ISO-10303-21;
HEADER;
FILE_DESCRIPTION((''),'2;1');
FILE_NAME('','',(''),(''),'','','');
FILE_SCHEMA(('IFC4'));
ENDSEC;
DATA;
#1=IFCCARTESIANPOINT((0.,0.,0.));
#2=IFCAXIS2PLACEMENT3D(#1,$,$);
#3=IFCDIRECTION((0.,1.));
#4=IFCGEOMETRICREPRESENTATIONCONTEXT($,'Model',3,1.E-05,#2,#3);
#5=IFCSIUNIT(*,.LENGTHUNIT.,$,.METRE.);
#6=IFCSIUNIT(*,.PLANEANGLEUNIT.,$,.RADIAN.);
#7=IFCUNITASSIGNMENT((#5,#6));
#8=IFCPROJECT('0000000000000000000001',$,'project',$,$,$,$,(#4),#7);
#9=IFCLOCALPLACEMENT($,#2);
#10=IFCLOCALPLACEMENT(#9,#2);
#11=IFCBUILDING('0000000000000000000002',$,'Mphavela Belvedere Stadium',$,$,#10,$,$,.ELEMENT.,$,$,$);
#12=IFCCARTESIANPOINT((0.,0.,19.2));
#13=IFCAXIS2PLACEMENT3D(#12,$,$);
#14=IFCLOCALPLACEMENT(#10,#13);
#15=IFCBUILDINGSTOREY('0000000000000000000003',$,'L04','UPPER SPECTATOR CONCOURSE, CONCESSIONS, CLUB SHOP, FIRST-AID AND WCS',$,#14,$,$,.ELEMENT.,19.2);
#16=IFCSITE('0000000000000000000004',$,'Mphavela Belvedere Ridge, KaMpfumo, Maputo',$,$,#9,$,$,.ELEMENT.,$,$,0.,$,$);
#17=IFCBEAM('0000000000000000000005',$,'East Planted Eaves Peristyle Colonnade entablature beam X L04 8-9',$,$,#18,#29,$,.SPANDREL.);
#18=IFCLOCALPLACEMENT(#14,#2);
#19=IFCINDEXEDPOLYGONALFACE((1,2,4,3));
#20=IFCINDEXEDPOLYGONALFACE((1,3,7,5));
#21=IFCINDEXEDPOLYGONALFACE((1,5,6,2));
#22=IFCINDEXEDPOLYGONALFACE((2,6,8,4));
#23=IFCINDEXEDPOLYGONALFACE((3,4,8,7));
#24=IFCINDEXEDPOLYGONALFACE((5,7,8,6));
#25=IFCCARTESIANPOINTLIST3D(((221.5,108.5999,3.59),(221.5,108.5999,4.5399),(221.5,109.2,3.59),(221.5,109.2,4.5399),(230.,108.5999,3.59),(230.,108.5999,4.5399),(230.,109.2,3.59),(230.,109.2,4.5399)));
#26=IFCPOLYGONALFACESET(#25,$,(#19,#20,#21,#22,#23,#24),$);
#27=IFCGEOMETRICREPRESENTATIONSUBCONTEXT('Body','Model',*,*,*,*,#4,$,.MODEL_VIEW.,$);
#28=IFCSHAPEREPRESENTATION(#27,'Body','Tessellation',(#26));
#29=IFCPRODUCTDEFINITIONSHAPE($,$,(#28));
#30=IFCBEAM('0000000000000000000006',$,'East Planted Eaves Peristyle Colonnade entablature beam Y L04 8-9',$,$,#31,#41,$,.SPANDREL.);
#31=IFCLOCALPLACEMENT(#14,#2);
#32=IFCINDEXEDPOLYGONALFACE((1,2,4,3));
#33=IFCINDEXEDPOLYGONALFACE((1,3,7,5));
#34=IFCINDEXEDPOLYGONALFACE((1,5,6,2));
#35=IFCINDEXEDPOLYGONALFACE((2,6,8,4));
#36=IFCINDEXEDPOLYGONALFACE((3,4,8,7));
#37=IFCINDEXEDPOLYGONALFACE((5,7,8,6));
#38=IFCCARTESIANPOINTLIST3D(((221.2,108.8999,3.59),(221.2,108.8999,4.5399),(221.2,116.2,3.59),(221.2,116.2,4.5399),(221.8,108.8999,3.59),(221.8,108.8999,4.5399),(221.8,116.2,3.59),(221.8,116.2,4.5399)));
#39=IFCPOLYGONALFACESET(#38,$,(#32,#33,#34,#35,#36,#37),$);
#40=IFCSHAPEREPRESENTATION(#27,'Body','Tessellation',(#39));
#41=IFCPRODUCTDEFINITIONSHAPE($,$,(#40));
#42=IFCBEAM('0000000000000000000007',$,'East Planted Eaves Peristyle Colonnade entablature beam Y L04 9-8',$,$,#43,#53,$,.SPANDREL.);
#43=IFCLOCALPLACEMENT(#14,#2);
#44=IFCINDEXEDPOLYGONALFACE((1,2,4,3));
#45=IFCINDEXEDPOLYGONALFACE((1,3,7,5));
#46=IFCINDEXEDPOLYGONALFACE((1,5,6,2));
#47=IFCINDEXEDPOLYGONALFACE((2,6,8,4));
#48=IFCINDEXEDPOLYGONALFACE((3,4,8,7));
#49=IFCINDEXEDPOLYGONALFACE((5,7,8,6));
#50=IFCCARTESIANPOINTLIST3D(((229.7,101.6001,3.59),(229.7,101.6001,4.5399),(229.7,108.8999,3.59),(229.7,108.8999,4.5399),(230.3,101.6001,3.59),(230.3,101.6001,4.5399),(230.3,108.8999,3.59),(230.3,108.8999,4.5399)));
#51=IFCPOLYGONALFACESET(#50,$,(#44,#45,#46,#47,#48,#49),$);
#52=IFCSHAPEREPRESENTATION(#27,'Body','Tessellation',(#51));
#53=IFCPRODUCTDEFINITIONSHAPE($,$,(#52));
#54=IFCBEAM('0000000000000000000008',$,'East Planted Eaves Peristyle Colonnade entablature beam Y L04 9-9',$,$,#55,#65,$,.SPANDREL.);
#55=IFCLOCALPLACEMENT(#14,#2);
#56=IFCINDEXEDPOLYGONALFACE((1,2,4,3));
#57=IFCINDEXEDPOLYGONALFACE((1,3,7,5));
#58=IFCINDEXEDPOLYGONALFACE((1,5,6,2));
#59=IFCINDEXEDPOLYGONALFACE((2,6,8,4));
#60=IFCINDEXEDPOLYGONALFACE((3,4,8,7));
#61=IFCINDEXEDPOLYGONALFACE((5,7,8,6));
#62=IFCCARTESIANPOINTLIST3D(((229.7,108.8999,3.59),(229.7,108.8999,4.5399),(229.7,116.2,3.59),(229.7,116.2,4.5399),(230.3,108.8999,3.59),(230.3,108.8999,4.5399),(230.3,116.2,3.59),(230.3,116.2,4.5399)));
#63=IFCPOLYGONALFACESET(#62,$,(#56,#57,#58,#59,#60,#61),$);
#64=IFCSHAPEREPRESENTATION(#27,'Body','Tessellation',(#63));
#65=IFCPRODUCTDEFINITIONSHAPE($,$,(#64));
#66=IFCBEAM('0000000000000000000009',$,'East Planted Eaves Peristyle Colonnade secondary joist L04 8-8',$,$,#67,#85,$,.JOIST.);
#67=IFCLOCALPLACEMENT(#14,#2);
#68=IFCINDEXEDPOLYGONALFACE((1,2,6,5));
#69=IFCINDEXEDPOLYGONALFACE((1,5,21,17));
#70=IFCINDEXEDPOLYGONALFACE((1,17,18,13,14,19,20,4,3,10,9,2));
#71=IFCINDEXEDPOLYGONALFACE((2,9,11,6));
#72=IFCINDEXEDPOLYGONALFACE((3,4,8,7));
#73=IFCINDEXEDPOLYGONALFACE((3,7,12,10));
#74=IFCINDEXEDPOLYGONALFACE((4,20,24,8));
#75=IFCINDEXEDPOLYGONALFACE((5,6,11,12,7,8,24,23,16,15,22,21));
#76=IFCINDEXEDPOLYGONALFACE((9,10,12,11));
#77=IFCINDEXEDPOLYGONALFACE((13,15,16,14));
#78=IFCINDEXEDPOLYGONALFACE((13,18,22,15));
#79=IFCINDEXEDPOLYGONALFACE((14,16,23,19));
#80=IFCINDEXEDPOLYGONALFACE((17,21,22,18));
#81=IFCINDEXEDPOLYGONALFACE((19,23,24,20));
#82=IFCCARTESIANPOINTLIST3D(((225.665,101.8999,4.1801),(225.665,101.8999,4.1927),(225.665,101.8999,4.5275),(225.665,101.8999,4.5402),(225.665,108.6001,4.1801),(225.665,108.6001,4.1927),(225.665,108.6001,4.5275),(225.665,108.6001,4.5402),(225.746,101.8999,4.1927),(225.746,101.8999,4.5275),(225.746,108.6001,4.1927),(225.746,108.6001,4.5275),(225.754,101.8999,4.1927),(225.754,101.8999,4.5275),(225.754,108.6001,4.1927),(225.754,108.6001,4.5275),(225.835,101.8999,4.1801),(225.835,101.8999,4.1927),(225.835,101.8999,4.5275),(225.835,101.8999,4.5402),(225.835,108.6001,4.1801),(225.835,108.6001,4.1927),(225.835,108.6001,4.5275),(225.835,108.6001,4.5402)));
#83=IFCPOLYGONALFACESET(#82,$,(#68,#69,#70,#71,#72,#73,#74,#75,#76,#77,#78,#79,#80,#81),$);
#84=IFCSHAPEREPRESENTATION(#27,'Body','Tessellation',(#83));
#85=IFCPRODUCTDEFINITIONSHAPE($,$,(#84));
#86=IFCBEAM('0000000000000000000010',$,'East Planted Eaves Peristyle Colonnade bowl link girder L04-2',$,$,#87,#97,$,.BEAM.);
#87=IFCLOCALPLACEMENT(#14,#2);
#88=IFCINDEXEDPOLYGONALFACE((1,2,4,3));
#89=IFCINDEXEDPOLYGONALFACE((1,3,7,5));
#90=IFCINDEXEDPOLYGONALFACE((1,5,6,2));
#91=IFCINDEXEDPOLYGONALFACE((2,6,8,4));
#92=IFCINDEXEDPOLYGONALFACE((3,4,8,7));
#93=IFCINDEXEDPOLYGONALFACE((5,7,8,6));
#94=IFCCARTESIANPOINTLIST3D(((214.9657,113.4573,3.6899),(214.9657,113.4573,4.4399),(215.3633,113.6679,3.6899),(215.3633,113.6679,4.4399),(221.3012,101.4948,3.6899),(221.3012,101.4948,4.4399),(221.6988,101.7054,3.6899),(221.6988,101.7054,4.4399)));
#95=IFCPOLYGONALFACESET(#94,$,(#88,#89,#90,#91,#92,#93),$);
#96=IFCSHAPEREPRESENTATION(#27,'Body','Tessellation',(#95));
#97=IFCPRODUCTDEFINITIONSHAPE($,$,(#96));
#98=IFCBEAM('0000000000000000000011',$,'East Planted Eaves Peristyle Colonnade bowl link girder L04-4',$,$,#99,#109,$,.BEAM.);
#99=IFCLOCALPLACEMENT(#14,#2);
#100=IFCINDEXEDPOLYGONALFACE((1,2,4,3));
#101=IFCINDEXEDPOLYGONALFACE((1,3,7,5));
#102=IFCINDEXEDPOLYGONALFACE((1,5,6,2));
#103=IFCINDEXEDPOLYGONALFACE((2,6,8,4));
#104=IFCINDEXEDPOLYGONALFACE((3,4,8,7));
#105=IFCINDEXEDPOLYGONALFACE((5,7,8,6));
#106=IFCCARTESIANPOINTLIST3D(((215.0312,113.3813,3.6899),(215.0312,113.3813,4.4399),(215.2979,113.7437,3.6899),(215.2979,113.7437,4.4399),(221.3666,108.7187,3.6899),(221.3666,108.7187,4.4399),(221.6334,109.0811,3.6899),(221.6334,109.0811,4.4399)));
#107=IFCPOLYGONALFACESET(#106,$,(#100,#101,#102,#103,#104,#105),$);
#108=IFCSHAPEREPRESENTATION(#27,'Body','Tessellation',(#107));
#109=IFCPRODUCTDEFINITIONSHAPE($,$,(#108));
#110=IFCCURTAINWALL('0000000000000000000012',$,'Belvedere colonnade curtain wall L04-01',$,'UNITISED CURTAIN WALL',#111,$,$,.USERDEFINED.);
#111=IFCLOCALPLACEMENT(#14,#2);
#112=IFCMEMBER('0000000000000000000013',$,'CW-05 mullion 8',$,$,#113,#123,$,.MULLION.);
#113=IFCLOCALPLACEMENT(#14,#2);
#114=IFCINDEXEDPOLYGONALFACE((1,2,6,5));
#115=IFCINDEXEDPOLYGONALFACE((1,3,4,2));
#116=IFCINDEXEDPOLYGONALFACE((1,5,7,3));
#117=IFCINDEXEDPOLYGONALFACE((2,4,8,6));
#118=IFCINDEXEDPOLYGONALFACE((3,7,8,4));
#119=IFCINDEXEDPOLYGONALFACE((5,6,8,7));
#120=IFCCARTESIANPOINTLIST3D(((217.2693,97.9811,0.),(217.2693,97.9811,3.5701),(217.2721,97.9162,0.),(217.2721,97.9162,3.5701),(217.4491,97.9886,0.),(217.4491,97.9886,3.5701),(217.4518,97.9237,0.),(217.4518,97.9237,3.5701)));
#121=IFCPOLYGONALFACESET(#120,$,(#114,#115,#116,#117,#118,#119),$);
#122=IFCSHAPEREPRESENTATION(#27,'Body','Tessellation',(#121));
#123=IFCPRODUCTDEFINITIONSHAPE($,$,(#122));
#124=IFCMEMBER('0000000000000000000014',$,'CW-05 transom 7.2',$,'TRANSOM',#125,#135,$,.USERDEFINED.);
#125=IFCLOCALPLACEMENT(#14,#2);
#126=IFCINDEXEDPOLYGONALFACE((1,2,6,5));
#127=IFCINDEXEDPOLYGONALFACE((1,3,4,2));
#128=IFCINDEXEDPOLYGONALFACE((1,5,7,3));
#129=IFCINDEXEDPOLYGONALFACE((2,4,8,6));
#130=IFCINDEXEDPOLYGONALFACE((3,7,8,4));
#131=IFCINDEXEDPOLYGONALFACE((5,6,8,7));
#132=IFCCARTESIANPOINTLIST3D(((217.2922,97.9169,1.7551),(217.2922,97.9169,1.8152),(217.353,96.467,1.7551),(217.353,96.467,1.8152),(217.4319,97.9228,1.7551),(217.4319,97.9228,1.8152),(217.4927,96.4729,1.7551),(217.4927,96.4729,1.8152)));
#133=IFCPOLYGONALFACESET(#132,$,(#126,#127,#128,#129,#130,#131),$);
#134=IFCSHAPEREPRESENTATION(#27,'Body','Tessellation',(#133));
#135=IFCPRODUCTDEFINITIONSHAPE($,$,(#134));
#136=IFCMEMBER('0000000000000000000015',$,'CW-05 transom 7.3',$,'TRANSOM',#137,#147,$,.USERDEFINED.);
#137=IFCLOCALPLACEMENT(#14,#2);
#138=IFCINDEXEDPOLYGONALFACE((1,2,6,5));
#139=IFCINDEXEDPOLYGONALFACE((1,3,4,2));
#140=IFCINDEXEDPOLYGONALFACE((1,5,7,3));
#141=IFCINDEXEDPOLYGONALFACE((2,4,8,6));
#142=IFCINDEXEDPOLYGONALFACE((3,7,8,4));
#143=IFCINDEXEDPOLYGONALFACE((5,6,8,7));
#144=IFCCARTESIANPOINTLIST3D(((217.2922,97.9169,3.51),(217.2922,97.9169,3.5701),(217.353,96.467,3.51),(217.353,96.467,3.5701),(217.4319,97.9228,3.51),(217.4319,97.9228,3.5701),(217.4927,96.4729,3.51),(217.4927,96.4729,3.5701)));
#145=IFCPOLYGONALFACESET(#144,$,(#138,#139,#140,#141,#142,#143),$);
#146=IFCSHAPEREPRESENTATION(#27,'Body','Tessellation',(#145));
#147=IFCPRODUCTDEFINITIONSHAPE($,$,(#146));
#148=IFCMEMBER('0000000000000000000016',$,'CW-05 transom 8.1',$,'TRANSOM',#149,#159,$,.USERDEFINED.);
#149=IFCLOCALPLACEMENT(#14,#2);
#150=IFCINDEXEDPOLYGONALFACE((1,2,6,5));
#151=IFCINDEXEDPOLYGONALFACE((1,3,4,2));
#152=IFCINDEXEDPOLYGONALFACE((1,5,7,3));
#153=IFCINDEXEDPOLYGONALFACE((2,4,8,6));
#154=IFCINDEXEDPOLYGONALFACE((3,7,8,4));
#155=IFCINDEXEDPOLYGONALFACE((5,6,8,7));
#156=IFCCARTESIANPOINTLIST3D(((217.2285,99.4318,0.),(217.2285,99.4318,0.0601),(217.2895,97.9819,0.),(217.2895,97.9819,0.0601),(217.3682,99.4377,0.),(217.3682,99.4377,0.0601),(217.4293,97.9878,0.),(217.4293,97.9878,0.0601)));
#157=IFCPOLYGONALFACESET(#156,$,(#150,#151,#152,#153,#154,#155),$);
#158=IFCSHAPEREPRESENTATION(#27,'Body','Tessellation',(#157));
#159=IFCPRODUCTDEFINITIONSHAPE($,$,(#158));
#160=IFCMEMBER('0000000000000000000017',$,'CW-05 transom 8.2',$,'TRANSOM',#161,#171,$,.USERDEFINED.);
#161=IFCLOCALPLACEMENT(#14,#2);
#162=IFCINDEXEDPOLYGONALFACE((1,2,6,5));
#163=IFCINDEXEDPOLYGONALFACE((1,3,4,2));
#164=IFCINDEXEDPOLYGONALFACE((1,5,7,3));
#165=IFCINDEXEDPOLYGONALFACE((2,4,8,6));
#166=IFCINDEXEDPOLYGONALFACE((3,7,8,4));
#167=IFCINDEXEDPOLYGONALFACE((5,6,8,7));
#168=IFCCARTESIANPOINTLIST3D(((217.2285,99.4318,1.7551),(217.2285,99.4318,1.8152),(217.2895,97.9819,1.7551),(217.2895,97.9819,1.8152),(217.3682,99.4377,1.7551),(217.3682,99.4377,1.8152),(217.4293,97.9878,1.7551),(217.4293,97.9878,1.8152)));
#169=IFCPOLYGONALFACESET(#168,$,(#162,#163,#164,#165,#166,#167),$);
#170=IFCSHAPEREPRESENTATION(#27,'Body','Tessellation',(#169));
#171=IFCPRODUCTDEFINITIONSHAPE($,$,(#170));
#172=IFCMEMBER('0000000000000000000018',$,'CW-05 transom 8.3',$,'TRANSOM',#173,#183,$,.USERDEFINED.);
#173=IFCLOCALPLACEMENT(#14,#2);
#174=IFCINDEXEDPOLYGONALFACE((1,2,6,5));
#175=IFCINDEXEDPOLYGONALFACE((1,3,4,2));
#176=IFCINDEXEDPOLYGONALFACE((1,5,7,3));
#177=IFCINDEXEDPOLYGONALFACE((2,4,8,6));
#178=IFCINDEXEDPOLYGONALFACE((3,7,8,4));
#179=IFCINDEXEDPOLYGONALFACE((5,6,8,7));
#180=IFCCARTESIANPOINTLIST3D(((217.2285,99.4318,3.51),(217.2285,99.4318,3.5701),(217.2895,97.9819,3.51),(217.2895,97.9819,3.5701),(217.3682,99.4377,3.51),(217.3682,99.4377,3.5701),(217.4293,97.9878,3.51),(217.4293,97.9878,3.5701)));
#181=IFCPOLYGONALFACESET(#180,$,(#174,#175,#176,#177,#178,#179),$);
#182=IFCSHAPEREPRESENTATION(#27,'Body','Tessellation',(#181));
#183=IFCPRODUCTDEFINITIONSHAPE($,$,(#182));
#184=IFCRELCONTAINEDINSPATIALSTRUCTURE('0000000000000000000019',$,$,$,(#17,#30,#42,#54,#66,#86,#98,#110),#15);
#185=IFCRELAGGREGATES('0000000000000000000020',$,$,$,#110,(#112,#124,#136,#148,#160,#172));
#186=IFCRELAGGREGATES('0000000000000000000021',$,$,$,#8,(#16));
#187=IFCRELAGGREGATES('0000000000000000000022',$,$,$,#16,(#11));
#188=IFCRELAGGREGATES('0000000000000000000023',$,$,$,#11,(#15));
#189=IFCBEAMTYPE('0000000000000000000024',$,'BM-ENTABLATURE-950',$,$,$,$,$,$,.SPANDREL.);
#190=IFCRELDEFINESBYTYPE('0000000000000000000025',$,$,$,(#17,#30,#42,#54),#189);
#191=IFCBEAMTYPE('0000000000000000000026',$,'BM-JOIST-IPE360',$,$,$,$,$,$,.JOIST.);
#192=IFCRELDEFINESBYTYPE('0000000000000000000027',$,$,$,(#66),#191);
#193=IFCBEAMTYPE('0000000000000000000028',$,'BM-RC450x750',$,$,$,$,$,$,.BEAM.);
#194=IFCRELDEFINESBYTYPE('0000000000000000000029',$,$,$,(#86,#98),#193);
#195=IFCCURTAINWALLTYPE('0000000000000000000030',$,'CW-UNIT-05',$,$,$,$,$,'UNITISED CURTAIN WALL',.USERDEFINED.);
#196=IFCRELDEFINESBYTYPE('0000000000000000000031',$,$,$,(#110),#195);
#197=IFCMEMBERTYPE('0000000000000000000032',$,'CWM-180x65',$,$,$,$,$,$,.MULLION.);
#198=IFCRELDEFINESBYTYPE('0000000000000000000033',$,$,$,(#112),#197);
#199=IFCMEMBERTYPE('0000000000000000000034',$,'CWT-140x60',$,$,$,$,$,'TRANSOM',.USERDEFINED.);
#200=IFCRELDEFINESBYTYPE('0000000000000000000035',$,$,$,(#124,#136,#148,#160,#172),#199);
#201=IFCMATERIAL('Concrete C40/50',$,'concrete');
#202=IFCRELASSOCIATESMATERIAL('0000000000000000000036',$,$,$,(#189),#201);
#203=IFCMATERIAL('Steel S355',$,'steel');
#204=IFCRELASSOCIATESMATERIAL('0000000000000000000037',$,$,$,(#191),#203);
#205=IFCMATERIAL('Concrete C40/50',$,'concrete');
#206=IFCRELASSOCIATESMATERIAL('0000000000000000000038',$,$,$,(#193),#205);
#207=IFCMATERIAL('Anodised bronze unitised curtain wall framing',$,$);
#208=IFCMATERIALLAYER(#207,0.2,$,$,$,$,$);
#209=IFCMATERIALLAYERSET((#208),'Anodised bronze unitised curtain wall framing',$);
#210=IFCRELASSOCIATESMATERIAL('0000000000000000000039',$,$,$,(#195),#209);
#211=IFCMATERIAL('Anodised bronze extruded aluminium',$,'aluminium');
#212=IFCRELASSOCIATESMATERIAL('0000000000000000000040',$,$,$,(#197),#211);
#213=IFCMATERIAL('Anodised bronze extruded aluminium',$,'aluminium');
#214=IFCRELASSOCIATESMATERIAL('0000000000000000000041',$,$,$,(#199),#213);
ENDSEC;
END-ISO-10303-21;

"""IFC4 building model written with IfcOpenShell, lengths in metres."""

from ifc_helpers import new_model, si_unit, direction, frame, origin, origin_2d, place, context, subcontext, project, spatial, rectangle, i_section, extrude, material, layer, layer_set, material_profile, profile_set, type_object, element, aggregate, save


model = new_model("IFC4")

# Units and contexts
model_context = context("Model", 3, precision=1e-05, world=origin(), true_north=direction((0.0, 1.0)))
body_context = subcontext(model_context, "Body", "Model", "MODEL_VIEW")
ifc_project = project(units=[si_unit("LENGTHUNIT", "METRE"), si_unit("PLANEANGLEUNIT", "RADIAN")], contexts=[model_context])

# Site, building, storey
site_placement = place(None, origin())
site = spatial("IfcSite", under=ifc_project, at=site_placement, Name="Mphavela Belvedere Ridge, KaMpfumo, Maputo", CompositionType="ELEMENT", RefElevation=0.0)
building_placement = place(site_placement, origin())
building = spatial("IfcBuilding", under=site, at=building_placement, Name="Mphavela Belvedere Stadium", CompositionType="ELEMENT")
storey_placement = place(building_placement, frame((0.0, 0.0, 19.2)))
storey = spatial("IfcBuildingStorey", under=building, at=storey_placement, Name="L04", Description="UPPER SPECTATOR CONCOURSE, CONCESSIONS, CLUB SHOP, FIRST-AID AND WCS", CompositionType="ELEMENT", Elevation=19.2)

# Beams
ifc_material_1 = material(Name="Concrete C40/50", Category="concrete")
ifc_material_profile_1 = material_profile(ifc_material_1, rectangle(XDim=0.6001, YDim=0.95, at=origin_2d()), Name="RC 600x950")
ifc_profile_set_1 = profile_set([ifc_material_profile_1], Name="Concrete C40/50")
beam_type_1 = type_object("IfcBeamType", Name="BM-ENTABLATURE-950", PredefinedType="SPANDREL", material=ifc_profile_set_1)
beam_1_placement = place(storey_placement, frame((221.5, 108.8999, 4.0649), z_axis=(1.0, 0.0, 0.0), x_axis=(0.0, 1.0, 0.0)))
element("IfcBeam", 1, at=beam_1_placement, inside=storey, type_object=beam_type_1, Name="East Planted Eaves Peristyle Colonnade entablature beam X L04 8-9", PredefinedType="SPANDREL", context=body_context, shape_type="SweptSolid", body=[
    extrude(rectangle(XDim=0.6001, YDim=0.95, at=origin_2d()), origin(), (0.0, 0.0, 1.0), 8.5),
])
beam_2_placement = place(storey_placement, frame((221.5, 108.8999, 4.0649), z_axis=(0.0, 1.0, 0.0), x_axis=(-1.0, 0.0, 0.0)))
element("IfcBeam", 2, at=beam_2_placement, inside=storey, type_object=beam_type_1, Name="East Planted Eaves Peristyle Colonnade entablature beam Y L04 8-9", PredefinedType="SPANDREL", context=body_context, shape_type="SweptSolid", body=[
    extrude(rectangle(XDim=0.6001, YDim=0.95, at=origin_2d()), origin(), (0.0, 0.0, 1.0), 7.3),
])
beam_3_placement = place(storey_placement, frame((230.0, 101.6001, 4.0649), z_axis=(0.0, 1.0, 0.0), x_axis=(-1.0, 0.0, 0.0)))
element("IfcBeam", 3, at=beam_3_placement, inside=storey, type_object=beam_type_1, Name="East Planted Eaves Peristyle Colonnade entablature beam Y L04 9-8", PredefinedType="SPANDREL", context=body_context, shape_type="SweptSolid", body=[
    extrude(rectangle(XDim=0.6001, YDim=0.95, at=origin_2d()), origin(), (0.0, 0.0, 1.0), 7.2998),
])
beam_4_placement = place(storey_placement, frame((230.0, 108.8999, 4.0649), z_axis=(0.0, 1.0, 0.0), x_axis=(-1.0, 0.0, 0.0)))
element("IfcBeam", 4, at=beam_4_placement, inside=storey, type_object=beam_type_1, Name="East Planted Eaves Peristyle Colonnade entablature beam Y L04 9-9", PredefinedType="SPANDREL", context=body_context, shape_type="SweptSolid", body=[
    extrude(rectangle(XDim=0.6001, YDim=0.95, at=origin_2d()), origin(), (0.0, 0.0, 1.0), 7.3),
])
ifc_material_2 = material(Name="Steel S355", Category="steel")
ifc_material_profile_2 = material_profile(ifc_material_2, i_section(OverallWidth=0.1699, OverallDepth=0.3601, WebThickness=0.0081, FlangeThickness=0.0127, at=origin_2d()), Name="IPE 360")
ifc_profile_set_2 = profile_set([ifc_material_profile_2], Name="Steel S355")
beam_type_2 = type_object("IfcBeamType", Name="BM-JOIST-IPE360", PredefinedType="JOIST", material=ifc_profile_set_2)
beam_5_placement = place(storey_placement, frame((225.75, 101.8999, 4.3601), z_axis=(0.0, 1.0, 0.0), x_axis=(-1.0, 0.0, 0.0)))
element("IfcBeam", 5, at=beam_5_placement, inside=storey, type_object=beam_type_2, Name="East Planted Eaves Peristyle Colonnade secondary joist L04 8-8", PredefinedType="JOIST", context=body_context, shape_type="SweptSolid", body=[
    extrude(i_section(OverallWidth=0.1699, OverallDepth=0.3601, WebThickness=0.0081, FlangeThickness=0.0127, at=origin_2d()), origin(), (0.0, 0.0, 1.0), 6.7002),
])
ifc_material_3 = material(Name="Concrete C40/50", Category="concrete")
ifc_material_profile_3 = material_profile(ifc_material_3, rectangle(XDim=0.45, YDim=0.75, at=origin_2d()), Name="RC 450x750")
ifc_profile_set_3 = profile_set([ifc_material_profile_3], Name="Concrete C40/50")
beam_type_3 = type_object("IfcBeamType", Name="BM-RC450x750", PredefinedType="BEAM", material=ifc_profile_set_3)
beam_6_placement = place(storey_placement, frame((221.5, 101.6001, 4.0649), z_axis=(-0.468027, 0.883714, 0.0), x_axis=(-0.883714, -0.468027, 0.0)))
element("IfcBeam", 6, at=beam_6_placement, inside=storey, type_object=beam_type_3, Name="East Planted Eaves Peristyle Colonnade bowl link girder L04-2", PredefinedType="BEAM", context=body_context, shape_type="SweptSolid", body=[
    extrude(rectangle(XDim=0.45, YDim=0.75, at=origin_2d()), origin(), (0.0, 0.0, 1.0), 13.5366),
])
beam_7_placement = place(storey_placement, frame((221.5, 108.8999, 4.0649), z_axis=(-0.805397, 0.592735, 0.0), x_axis=(-0.592735, -0.805397, 0.0)))
element("IfcBeam", 7, at=beam_7_placement, inside=storey, type_object=beam_type_3, Name="East Planted Eaves Peristyle Colonnade bowl link girder L04-4", PredefinedType="BEAM", context=body_context, shape_type="SweptSolid", body=[
    extrude(rectangle(XDim=0.45, YDim=0.75, at=origin_2d()), origin(), (0.0, 0.0, 1.0), 7.8662),
])

# Curtain wall, members
ifc_material_4 = material(Name="Anodised bronze unitised curtain wall framing")
ifc_layer_1 = layer(ifc_material_4, 0.2)
ifc_layer_set_1 = layer_set([ifc_layer_1], Name="Anodised bronze unitised curtain wall framing")
curtain_wall_type = type_object("IfcCurtainWallType", Name="CW-UNIT-05", ElementType="UNITISED CURTAIN WALL", PredefinedType="USERDEFINED", material=ifc_layer_set_1)
curtain_wall_placement = place(storey_placement, origin())
curtain_wall = element("IfcCurtainWall", 8, at=curtain_wall_placement, inside=storey, type_object=curtain_wall_type, Name="Belvedere colonnade curtain wall L04-01", ObjectType="UNITISED CURTAIN WALL", PredefinedType="USERDEFINED")
ifc_material_5 = material(Name="Anodised bronze extruded aluminium", Category="aluminium")
ifc_material_profile_4 = material_profile(ifc_material_5, rectangle(XDim=0.1799, YDim=0.0649, at=origin_2d()), Name="CW-MUL 180x65")
ifc_profile_set_4 = profile_set([ifc_material_profile_4], Name="Anodised bronze extruded aluminium")
member_type_1 = type_object("IfcMemberType", Name="CWM-180x65", PredefinedType="MULLION", material=ifc_profile_set_4)
member_1_placement = place(storey_placement, frame((217.3606, 97.9524, 0.0), z_axis=(0.0, 0.0, 1.0), x_axis=(-0.999122, -0.041905, 0.0)))
member_1 = element("IfcMember", 9, at=member_1_placement, type_object=member_type_1, Name="CW-05 mullion 8", PredefinedType="MULLION", context=body_context, shape_type="SweptSolid", body=[
    extrude(rectangle(XDim=0.1799, YDim=0.0649, at=origin_2d()), origin(), (0.0, 0.0, 1.0), 3.5701),
])
ifc_material_6 = material(Name="Anodised bronze extruded aluminium", Category="aluminium")
ifc_material_profile_5 = material_profile(ifc_material_6, rectangle(XDim=0.1399, YDim=0.0601, at=origin_2d()), Name="CW-TRN 140x60")
ifc_profile_set_5 = profile_set([ifc_material_profile_5], Name="Anodised bronze extruded aluminium")
member_type_2 = type_object("IfcMemberType", Name="CWT-140x60", ElementType="TRANSOM", PredefinedType="USERDEFINED", material=ifc_profile_set_5)
member_2_placement = place(storey_placement, frame((217.4229, 96.47, 1.7852), z_axis=(-0.041889, 0.999122, 0.0), x_axis=(-0.999122, -0.041889, 0.0)))
member_2 = element("IfcMember", 10, at=member_2_placement, type_object=member_type_2, Name="CW-05 transom 7.2", ObjectType="TRANSOM", PredefinedType="USERDEFINED", context=body_context, shape_type="SweptSolid", body=[
    extrude(rectangle(XDim=0.1399, YDim=0.0601, at=origin_2d()), origin(), (0.0, 0.0, 1.0), 1.4512),
])
member_3_placement = place(storey_placement, frame((217.4229, 96.47, 3.54), z_axis=(-0.041889, 0.999122, 0.0), x_axis=(-0.999122, -0.041889, 0.0)))
member_3 = element("IfcMember", 11, at=member_3_placement, type_object=member_type_2, Name="CW-05 transom 7.3", ObjectType="TRANSOM", PredefinedType="USERDEFINED", context=body_context, shape_type="SweptSolid", body=[
    extrude(rectangle(XDim=0.1399, YDim=0.0601, at=origin_2d()), origin(), (0.0, 0.0, 1.0), 1.4512),
])
member_4_placement = place(storey_placement, frame((217.3594, 97.9849, 0.03), z_axis=(-0.042057, 0.999115, 0.0), x_axis=(-0.999115, -0.042057, 0.0)))
member_4 = element("IfcMember", 12, at=member_4_placement, type_object=member_type_2, Name="CW-05 transom 8.1", ObjectType="TRANSOM", PredefinedType="USERDEFINED", context=body_context, shape_type="SweptSolid", body=[
    extrude(rectangle(XDim=0.1399, YDim=0.0601, at=origin_2d()), origin(), (0.0, 0.0, 1.0), 1.4512),
])
member_5_placement = place(storey_placement, frame((217.3594, 97.9849, 1.7852), z_axis=(-0.042057, 0.999115, 0.0), x_axis=(-0.999115, -0.042057, 0.0)))
member_5 = element("IfcMember", 13, at=member_5_placement, type_object=member_type_2, Name="CW-05 transom 8.2", ObjectType="TRANSOM", PredefinedType="USERDEFINED", context=body_context, shape_type="SweptSolid", body=[
    extrude(rectangle(XDim=0.1399, YDim=0.0601, at=origin_2d()), origin(), (0.0, 0.0, 1.0), 1.4512),
])
member_6_placement = place(storey_placement, frame((217.3594, 97.9849, 3.54), z_axis=(-0.042057, 0.999115, 0.0), x_axis=(-0.999115, -0.042057, 0.0)))
member_6 = element("IfcMember", 14, at=member_6_placement, type_object=member_type_2, Name="CW-05 transom 8.3", ObjectType="TRANSOM", PredefinedType="USERDEFINED", context=body_context, shape_type="SweptSolid", body=[
    extrude(rectangle(XDim=0.1399, YDim=0.0601, at=origin_2d()), origin(), (0.0, 0.0, 1.0), 1.4512),
])
aggregate(curtain_wall, [member_1, member_2, member_3, member_4, member_5, member_6])

save(model, "model.ifc")
